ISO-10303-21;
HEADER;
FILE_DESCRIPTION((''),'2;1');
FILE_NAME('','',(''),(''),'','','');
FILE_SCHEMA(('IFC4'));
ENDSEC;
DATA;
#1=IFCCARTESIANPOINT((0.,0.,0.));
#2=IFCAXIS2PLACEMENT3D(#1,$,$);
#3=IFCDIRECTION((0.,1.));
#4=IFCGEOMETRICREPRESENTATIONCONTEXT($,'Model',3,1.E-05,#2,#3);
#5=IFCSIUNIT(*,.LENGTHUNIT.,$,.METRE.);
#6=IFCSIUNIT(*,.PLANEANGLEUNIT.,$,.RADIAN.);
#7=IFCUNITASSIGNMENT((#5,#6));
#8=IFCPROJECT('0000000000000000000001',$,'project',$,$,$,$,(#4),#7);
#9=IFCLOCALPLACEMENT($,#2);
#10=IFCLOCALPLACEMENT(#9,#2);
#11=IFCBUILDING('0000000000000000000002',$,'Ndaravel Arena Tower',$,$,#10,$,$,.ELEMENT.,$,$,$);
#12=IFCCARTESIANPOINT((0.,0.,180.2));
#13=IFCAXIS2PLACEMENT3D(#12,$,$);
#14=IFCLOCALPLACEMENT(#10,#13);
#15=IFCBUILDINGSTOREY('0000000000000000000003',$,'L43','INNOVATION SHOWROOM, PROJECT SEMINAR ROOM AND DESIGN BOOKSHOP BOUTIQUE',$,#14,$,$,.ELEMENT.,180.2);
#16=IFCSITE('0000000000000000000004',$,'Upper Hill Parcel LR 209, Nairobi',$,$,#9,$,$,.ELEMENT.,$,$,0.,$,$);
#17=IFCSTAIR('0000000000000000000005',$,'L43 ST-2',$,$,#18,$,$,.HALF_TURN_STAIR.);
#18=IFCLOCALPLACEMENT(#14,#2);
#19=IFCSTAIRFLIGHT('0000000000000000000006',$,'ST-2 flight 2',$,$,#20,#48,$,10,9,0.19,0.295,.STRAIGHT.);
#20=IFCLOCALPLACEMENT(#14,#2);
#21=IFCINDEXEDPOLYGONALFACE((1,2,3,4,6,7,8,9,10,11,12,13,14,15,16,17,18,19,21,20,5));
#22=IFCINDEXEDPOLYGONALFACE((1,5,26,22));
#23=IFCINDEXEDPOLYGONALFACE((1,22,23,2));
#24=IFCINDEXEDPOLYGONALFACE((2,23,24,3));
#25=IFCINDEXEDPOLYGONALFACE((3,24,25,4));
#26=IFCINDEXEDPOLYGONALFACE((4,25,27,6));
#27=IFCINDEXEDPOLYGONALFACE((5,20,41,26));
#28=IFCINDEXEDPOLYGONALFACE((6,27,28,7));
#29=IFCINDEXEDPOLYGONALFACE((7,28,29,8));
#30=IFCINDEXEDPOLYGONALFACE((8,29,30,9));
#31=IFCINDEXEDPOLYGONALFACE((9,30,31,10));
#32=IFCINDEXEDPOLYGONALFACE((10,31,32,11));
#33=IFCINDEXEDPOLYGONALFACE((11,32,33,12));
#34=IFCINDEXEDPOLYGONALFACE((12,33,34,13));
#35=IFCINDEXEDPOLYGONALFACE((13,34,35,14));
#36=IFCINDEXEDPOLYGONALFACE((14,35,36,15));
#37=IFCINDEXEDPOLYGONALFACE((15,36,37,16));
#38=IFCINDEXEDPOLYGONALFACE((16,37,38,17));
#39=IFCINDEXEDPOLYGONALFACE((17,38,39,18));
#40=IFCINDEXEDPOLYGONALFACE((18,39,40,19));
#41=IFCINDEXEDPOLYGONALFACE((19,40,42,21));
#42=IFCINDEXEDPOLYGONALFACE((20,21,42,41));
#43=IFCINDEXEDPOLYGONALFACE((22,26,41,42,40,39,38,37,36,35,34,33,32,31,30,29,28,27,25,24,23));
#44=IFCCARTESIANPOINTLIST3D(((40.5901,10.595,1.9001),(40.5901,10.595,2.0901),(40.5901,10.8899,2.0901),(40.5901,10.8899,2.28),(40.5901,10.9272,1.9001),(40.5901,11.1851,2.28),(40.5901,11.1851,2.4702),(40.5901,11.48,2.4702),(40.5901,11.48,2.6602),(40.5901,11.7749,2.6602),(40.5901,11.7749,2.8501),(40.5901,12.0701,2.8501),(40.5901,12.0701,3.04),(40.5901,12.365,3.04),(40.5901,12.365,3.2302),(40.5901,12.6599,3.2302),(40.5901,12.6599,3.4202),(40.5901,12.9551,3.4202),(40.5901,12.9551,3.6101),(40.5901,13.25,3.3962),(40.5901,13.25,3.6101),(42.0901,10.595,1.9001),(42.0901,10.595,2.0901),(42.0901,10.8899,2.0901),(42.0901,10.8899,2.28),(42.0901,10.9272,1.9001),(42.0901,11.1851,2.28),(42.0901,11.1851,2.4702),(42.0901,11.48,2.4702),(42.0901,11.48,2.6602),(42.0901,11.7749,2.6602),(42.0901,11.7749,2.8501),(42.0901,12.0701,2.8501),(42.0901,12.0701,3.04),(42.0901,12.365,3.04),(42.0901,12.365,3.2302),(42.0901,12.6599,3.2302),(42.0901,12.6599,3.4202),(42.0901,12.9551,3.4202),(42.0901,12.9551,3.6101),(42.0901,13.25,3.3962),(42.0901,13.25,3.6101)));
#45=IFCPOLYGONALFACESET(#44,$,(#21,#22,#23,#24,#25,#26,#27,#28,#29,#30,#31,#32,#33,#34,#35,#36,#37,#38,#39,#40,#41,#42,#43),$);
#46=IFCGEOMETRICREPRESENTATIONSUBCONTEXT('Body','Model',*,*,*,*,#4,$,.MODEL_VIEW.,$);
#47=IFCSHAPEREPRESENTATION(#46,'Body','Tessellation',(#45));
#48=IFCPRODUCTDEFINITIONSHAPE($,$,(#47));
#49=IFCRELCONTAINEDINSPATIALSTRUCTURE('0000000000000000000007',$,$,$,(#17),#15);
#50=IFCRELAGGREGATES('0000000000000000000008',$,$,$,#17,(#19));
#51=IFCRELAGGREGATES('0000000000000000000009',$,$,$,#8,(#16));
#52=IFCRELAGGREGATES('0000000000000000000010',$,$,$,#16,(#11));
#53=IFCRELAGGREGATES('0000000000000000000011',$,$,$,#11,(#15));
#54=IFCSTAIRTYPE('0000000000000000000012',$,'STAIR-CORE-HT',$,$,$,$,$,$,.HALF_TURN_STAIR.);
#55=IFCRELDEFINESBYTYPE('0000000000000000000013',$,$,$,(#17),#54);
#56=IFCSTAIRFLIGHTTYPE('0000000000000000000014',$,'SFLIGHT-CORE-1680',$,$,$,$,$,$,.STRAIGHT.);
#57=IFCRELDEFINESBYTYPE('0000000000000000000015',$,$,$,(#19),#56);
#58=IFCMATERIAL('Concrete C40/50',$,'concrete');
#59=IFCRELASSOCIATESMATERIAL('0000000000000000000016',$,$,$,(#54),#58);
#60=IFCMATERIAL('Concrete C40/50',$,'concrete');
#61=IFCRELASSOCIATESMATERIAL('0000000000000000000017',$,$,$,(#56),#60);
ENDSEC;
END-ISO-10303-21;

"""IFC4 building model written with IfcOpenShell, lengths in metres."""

from ifc_helpers import new_model, si_unit, direction, frame, origin, place, context, subcontext, project, spatial, polyline, outline, extrude, material, type_object, element, aggregate, save


model = new_model("IFC4")

# Units and contexts
model_context = context("Model", 3, precision=1e-05, world=origin(), true_north=direction((0.0, 1.0)))
body_context = subcontext(model_context, "Body", "Model", "MODEL_VIEW")
ifc_project = project(units=[si_unit("LENGTHUNIT", "METRE"), si_unit("PLANEANGLEUNIT", "RADIAN")], contexts=[model_context])

# Site, building, storey
site_placement = place(None, origin())
site = spatial("IfcSite", under=ifc_project, at=site_placement, Name="Upper Hill Parcel LR 209, Nairobi", CompositionType="ELEMENT", RefElevation=0.0)
building_placement = place(site_placement, origin())
building = spatial("IfcBuilding", under=site, at=building_placement, Name="Ndaravel Arena Tower", CompositionType="ELEMENT")
storey_placement = place(building_placement, frame((0.0, 0.0, 180.2)))
storey = spatial("IfcBuildingStorey", under=building, at=storey_placement, Name="L43", Description="INNOVATION SHOWROOM, PROJECT SEMINAR ROOM AND DESIGN BOOKSHOP BOUTIQUE", CompositionType="ELEMENT", Elevation=180.2)

# Stair, stair flight
ifc_material_1 = material(Name="Concrete C40/50", Category="concrete")
stair_type = type_object("IfcStairType", Name="STAIR-CORE-HT", PredefinedType="HALF_TURN_STAIR", material=ifc_material_1)
stair_placement = place(storey_placement, origin())
stair = element("IfcStair", 1, at=stair_placement, inside=storey, type_object=stair_type, Name="L43 ST-2", PredefinedType="HALF_TURN_STAIR")
ifc_material_2 = material(Name="Concrete C40/50", Category="concrete")
stair_flight_type = type_object("IfcStairFlightType", Name="SFLIGHT-CORE-1680", PredefinedType="STRAIGHT", material=ifc_material_2)
stair_flight_1_placement = place(storey_placement, frame((41.3401, 10.595, 1.9001), z_axis=(0.0, 0.0, 1.0), x_axis=(0.0, 1.0, 0.0)))
stair_flight_1 = element("IfcStairFlight", 2, at=stair_flight_1_placement, type_object=stair_flight_type, Name="ST-2 flight 2", NumberOfRisers=10, NumberOfTreads=9, PredefinedType="STRAIGHT", RiserHeight=0.19, TreadLength=0.295, context=body_context, shape_type="SweptSolid", body=[
    extrude(outline(polyline([(0.0, 0.0), (0.0, 0.1899), (0.2949, 0.1899), (0.2949, 0.3799), (0.5901, 0.3799), (0.5901, 0.5701), (0.885, 0.5701), (0.885, 0.76), (1.1799, 0.76), (1.1799, 0.95), (1.4751, 0.95), (1.4751, 1.1399), (1.77, 1.1399), (1.77, 1.3301), (2.0649, 1.3301), (2.0649, 1.52), (2.3601, 1.52), (2.3601, 1.71), (2.655, 1.71), (2.655, 1.8999), (2.655, 1.4961), (0.3323, 0.0), (0.0, 0.0)])), frame((0.0, 0.75, 0.0), z_axis=(0.0, -1.0, 0.0), x_axis=(1.0, 0.0, 0.0)), (0.0, 0.0, 1.0), 1.5),
])
aggregate(stair, [stair_flight_1])

save(model, "model.ifc")
